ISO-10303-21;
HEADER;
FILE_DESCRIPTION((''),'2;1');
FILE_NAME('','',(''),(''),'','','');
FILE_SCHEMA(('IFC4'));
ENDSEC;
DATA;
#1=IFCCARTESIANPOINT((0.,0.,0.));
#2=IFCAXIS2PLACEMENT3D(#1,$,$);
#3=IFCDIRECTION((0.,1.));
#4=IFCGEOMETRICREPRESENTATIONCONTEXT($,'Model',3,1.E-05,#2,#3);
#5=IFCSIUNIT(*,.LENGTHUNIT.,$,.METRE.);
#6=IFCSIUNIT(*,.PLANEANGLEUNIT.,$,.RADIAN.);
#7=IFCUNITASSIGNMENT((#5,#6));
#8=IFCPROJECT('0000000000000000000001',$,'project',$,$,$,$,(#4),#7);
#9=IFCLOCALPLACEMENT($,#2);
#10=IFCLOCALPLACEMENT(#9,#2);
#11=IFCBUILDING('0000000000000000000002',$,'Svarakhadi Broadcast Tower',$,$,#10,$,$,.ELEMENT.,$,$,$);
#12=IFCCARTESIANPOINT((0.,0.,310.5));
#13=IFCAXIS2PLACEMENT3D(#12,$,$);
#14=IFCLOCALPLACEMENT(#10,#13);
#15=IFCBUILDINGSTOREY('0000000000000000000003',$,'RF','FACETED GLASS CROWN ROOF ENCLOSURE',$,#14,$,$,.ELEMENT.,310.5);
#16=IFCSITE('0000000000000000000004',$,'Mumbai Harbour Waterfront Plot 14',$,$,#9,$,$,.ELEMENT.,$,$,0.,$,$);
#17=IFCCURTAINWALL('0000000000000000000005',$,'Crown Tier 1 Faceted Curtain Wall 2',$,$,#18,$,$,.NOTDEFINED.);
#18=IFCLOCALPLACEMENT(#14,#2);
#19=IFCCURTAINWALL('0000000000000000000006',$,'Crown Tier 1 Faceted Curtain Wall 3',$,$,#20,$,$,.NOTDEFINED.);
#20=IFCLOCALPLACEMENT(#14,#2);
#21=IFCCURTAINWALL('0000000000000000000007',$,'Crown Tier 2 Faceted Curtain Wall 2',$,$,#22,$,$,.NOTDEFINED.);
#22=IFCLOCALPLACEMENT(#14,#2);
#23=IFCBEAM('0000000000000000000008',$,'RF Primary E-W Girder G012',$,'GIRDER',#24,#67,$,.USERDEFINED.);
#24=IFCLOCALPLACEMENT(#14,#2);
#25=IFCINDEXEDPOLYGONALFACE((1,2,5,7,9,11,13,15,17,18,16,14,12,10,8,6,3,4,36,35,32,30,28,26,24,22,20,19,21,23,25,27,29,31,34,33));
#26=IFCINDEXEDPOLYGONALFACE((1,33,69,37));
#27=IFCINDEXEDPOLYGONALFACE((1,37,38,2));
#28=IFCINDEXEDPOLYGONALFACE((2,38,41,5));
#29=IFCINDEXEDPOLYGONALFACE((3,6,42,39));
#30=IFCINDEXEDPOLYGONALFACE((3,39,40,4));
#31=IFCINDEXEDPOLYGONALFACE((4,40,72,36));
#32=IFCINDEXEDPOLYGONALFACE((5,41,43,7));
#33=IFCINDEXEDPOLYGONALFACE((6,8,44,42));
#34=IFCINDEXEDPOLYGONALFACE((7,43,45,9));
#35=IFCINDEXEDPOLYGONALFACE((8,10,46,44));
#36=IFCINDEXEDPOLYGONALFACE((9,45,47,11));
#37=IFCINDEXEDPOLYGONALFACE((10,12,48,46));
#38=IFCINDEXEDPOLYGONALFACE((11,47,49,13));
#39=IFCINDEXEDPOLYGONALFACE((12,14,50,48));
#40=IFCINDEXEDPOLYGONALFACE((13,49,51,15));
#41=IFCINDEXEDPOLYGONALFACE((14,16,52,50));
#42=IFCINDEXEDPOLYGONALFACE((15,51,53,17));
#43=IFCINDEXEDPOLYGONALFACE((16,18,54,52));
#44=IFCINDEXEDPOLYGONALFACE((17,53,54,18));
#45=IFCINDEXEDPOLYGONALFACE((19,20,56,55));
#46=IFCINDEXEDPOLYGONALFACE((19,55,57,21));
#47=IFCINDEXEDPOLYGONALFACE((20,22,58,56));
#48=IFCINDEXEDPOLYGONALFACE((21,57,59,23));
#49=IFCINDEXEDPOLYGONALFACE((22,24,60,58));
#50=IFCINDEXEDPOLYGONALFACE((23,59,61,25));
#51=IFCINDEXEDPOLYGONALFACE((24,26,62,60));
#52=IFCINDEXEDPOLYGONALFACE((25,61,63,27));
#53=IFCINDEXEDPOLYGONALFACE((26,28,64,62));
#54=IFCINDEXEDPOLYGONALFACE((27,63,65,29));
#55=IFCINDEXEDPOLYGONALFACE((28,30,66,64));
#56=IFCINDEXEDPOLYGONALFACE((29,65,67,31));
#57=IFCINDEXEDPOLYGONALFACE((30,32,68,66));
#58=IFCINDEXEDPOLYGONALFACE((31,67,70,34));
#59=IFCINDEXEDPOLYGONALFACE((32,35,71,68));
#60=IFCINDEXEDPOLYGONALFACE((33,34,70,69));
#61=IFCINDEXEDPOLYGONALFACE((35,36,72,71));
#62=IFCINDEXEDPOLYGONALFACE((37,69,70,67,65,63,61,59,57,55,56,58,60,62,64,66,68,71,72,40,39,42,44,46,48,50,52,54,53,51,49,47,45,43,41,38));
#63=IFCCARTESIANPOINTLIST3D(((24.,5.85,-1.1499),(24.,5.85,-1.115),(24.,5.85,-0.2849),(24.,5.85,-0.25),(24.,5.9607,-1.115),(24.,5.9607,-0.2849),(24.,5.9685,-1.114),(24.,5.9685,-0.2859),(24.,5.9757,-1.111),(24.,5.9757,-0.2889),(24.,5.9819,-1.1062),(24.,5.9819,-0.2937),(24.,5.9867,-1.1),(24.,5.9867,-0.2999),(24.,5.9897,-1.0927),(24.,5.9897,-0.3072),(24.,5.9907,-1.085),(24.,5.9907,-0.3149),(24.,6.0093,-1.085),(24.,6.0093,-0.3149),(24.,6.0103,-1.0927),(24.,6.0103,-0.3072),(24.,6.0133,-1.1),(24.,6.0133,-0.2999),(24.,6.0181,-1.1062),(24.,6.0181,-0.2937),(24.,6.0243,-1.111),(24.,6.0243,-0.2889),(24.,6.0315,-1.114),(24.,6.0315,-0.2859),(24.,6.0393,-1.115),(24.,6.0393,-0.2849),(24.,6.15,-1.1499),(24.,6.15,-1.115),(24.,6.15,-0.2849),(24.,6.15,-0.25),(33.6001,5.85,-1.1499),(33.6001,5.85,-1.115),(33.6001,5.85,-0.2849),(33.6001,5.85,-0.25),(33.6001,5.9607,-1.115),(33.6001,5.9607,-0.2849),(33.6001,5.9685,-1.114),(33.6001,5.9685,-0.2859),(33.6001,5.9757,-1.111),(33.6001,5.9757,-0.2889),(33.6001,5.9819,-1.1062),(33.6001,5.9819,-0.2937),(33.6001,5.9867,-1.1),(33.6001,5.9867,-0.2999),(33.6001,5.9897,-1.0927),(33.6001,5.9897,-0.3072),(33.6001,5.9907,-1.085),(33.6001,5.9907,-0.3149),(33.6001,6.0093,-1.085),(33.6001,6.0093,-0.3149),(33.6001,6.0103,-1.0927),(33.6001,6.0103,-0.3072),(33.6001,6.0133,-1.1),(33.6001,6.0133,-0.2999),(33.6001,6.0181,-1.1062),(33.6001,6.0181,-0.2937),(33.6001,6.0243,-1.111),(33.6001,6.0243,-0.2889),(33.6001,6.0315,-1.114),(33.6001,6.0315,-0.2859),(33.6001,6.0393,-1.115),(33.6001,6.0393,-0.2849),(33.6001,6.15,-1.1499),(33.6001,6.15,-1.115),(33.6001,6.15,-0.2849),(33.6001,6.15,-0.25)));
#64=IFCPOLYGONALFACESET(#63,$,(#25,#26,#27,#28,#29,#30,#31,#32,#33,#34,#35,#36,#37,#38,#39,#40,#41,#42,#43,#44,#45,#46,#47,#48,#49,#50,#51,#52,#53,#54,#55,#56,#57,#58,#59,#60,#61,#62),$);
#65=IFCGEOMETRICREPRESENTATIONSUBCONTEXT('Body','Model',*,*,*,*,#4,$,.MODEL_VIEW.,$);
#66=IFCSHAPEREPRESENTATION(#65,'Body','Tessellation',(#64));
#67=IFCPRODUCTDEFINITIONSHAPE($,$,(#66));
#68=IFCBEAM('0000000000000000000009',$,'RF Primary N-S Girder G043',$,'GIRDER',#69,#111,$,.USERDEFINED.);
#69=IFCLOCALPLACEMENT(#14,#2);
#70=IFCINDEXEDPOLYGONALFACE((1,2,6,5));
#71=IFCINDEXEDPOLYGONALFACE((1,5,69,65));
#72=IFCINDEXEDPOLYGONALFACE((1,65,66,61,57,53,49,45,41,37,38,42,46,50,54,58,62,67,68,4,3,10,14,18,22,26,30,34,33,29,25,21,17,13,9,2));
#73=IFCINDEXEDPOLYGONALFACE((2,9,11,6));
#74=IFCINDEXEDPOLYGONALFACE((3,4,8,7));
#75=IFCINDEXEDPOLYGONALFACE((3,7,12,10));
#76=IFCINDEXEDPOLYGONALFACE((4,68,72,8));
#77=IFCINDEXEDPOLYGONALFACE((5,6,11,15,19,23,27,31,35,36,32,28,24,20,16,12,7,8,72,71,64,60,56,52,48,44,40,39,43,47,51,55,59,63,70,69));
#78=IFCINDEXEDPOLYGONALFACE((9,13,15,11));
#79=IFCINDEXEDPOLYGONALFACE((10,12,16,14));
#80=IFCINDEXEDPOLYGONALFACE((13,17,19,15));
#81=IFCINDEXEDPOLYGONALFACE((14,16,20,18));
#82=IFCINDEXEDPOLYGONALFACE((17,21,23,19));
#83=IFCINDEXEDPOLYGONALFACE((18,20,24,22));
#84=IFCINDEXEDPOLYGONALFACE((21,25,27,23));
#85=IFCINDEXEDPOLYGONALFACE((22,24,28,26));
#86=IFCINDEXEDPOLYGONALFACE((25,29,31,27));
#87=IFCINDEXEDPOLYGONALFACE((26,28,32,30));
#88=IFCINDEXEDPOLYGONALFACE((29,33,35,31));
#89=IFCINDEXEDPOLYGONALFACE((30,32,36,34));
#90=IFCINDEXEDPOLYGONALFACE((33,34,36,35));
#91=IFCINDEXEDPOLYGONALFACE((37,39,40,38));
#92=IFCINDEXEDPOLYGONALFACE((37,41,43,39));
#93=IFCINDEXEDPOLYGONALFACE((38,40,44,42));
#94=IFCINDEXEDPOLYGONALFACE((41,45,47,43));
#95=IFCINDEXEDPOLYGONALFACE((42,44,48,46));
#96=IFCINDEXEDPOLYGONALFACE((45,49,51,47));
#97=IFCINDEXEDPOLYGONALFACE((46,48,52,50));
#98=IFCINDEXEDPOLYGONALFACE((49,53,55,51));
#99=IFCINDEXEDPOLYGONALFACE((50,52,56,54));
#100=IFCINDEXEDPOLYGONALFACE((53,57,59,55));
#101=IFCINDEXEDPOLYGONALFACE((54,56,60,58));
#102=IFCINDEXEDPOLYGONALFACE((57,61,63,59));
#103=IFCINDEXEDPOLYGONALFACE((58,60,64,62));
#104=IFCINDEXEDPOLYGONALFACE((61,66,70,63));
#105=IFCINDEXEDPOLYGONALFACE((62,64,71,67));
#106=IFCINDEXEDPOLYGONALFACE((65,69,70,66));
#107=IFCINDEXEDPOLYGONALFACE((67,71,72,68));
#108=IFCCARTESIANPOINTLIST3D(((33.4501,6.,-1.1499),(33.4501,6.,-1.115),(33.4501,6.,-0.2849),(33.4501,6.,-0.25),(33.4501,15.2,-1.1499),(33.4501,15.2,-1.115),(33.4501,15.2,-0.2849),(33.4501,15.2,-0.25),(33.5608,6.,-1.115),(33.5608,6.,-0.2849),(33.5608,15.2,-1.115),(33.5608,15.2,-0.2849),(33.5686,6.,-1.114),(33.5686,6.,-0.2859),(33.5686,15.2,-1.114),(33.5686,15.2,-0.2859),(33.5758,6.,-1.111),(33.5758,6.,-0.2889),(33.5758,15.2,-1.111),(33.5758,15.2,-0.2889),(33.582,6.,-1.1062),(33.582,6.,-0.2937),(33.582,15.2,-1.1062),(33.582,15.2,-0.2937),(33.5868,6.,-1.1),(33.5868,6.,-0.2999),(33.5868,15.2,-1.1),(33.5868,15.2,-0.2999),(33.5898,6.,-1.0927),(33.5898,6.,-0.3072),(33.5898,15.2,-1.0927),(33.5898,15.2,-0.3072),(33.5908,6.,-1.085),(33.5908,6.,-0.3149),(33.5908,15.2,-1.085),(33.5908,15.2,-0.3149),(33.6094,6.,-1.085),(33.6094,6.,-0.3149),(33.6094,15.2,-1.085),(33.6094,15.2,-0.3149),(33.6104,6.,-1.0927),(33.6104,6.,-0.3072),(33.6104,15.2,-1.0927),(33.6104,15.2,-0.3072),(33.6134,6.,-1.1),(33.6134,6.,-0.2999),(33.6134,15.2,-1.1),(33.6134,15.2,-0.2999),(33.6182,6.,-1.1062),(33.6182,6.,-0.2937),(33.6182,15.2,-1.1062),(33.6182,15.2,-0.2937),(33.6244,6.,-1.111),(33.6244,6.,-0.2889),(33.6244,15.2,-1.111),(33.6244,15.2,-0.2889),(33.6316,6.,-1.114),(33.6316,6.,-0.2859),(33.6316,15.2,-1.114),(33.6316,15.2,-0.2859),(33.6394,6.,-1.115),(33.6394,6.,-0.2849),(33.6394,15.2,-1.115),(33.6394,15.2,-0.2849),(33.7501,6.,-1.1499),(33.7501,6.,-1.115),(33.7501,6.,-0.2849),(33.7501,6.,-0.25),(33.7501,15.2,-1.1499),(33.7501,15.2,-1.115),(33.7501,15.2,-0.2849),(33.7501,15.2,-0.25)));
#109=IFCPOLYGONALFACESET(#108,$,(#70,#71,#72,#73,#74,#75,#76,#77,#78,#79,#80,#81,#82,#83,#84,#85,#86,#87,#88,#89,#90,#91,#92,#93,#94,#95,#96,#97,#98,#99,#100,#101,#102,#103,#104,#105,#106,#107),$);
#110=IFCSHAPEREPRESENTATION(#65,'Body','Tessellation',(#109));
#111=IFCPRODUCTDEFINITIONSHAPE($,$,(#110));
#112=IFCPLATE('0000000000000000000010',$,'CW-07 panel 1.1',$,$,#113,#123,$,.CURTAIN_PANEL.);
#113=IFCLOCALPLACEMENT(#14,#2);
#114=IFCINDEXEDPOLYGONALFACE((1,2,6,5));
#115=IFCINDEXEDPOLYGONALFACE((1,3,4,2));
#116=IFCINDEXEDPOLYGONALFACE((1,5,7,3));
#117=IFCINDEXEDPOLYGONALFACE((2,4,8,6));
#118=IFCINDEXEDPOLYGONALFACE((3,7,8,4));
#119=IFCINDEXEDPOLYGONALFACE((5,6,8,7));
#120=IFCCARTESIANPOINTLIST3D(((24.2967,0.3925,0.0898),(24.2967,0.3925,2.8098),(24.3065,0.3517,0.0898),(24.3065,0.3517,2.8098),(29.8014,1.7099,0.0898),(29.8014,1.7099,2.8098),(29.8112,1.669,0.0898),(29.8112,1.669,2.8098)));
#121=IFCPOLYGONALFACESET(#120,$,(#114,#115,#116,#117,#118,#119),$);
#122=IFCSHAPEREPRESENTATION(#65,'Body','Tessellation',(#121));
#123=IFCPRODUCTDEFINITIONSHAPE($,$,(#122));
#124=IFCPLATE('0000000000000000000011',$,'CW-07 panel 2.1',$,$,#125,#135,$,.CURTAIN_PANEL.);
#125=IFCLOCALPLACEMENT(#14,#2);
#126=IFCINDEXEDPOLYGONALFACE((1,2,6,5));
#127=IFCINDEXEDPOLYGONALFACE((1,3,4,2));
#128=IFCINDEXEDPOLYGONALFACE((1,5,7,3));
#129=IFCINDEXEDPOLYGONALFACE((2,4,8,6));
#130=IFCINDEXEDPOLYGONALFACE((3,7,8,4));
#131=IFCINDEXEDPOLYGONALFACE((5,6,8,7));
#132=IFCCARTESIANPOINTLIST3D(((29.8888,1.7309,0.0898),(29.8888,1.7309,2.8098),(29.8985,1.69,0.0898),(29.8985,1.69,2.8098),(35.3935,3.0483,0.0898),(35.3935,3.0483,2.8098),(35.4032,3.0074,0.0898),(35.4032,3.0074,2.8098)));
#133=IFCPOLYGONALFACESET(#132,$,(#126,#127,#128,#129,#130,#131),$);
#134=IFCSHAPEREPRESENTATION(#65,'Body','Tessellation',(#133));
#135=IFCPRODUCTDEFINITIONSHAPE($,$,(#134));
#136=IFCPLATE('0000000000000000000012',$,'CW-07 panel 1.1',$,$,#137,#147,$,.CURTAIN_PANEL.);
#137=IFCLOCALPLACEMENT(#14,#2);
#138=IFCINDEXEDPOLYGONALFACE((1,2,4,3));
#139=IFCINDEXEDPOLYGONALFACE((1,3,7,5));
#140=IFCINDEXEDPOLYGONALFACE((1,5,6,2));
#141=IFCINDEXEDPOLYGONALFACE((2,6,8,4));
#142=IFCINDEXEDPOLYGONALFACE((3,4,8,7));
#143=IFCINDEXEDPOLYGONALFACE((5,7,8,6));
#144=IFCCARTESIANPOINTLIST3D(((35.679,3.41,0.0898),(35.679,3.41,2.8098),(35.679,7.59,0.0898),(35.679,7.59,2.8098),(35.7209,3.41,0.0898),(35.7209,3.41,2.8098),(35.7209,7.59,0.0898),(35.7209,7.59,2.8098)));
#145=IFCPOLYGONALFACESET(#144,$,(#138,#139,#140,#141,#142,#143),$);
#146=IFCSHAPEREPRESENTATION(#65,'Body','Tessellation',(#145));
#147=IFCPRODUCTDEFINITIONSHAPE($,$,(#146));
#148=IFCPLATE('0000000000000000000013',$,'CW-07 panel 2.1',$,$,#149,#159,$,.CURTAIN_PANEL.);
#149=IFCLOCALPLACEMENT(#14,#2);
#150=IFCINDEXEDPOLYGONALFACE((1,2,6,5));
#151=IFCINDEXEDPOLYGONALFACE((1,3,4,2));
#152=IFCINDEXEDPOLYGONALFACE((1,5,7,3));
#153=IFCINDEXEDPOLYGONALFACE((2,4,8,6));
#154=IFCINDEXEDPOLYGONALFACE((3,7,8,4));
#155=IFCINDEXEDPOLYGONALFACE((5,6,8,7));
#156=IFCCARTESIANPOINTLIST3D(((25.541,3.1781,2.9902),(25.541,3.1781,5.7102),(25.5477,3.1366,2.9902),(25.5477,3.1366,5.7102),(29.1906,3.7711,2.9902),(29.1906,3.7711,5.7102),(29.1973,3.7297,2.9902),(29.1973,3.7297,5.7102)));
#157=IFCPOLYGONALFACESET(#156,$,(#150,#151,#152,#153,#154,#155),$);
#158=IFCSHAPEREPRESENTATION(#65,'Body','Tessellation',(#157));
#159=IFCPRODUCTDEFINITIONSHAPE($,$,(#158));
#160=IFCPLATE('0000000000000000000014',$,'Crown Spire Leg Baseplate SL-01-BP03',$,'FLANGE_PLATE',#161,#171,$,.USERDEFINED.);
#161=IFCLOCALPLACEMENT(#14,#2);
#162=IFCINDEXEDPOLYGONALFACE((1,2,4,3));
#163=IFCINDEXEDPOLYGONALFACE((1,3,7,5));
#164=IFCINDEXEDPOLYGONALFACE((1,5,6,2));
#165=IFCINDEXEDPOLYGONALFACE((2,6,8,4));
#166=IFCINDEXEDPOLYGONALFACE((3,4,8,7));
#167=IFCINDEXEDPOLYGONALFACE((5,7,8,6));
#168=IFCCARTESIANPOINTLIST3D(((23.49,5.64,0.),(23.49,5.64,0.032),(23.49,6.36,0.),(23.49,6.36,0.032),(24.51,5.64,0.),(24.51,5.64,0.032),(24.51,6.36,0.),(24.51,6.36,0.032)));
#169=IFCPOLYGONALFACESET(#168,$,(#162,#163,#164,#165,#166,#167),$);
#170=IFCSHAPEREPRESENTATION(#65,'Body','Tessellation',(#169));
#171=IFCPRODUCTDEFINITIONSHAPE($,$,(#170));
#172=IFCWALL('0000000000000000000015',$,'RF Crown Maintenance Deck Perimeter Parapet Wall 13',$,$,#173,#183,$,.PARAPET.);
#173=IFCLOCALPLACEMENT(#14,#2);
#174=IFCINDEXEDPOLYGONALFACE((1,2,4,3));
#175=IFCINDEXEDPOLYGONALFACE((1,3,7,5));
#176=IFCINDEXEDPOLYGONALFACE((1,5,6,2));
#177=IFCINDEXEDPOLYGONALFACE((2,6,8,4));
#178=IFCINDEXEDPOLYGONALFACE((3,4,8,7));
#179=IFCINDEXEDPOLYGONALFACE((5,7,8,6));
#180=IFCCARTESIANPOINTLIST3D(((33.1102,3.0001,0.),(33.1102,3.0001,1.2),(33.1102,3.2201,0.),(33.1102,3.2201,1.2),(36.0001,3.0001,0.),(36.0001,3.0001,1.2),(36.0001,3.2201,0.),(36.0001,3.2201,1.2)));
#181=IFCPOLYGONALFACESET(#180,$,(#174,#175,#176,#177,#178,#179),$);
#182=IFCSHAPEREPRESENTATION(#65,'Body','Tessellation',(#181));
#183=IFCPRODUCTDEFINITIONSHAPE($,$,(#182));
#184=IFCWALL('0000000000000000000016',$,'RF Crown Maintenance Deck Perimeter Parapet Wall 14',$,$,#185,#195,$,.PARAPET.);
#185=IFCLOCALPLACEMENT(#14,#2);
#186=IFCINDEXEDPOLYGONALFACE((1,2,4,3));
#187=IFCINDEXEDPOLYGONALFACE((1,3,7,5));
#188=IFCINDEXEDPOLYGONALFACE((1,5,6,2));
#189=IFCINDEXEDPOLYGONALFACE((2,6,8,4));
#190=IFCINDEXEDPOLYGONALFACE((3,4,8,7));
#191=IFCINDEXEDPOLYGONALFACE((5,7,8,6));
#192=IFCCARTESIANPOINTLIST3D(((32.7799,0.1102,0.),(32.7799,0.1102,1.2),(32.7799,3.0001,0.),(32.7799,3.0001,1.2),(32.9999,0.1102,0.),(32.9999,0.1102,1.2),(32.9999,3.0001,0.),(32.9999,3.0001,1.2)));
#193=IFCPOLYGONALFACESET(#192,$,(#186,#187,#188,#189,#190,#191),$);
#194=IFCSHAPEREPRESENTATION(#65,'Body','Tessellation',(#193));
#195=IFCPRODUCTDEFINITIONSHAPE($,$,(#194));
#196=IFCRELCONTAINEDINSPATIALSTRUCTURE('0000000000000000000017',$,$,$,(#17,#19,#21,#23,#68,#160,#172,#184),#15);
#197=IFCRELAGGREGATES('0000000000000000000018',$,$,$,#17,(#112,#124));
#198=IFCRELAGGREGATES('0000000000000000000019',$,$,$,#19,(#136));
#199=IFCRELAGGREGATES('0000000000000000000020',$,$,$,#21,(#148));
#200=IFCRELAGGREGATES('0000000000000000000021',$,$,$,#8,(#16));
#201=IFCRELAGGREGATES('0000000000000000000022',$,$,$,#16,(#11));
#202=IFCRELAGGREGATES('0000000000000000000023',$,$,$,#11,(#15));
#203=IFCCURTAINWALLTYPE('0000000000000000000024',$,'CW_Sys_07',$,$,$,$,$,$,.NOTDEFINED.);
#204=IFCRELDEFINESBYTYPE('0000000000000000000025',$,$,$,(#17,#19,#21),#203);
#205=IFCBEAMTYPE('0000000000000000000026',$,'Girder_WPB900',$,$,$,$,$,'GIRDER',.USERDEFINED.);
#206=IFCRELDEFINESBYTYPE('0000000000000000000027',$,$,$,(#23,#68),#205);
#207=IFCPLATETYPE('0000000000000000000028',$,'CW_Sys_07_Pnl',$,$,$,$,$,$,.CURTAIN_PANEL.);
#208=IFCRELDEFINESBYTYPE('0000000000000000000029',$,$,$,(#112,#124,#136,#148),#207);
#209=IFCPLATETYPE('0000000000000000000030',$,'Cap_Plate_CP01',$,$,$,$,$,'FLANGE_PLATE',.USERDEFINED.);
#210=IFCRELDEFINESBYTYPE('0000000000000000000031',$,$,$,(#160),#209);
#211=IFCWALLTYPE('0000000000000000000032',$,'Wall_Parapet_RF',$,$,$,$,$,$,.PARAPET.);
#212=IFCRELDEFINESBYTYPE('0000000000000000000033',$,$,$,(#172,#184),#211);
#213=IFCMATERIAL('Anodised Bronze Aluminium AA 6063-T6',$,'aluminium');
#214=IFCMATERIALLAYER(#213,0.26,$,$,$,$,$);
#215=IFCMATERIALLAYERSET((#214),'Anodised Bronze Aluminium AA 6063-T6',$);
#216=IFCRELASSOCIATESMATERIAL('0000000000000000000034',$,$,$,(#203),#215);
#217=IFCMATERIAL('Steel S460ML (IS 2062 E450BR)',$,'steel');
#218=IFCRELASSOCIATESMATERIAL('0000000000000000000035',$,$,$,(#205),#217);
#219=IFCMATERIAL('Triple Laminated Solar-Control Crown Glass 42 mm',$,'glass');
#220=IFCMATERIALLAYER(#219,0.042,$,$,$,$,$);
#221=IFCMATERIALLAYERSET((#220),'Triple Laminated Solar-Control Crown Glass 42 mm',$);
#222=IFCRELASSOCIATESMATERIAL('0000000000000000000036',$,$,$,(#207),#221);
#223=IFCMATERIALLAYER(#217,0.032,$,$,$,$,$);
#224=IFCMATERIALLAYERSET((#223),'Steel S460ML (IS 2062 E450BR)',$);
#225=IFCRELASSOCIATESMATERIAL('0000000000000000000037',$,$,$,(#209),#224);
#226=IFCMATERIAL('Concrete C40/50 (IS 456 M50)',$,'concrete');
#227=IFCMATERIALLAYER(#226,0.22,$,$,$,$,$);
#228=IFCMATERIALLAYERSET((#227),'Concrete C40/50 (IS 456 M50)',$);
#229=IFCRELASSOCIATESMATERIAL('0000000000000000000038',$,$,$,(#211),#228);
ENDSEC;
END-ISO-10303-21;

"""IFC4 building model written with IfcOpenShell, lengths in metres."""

from ifc_helpers import new_model, si_unit, direction, frame, frame_2d, origin, origin_2d, place, context, subcontext, project, spatial, rectangle, i_section, extrude, material, layer, layer_set, material_profile, profile_set, type_object, element, aggregate, save


model = new_model("IFC4")

# Units and contexts
model_context = context("Model", 3, precision=1e-05, world=origin(), true_north=direction((0.0, 1.0)))
body_context = subcontext(model_context, "Body", "Model", "MODEL_VIEW")
ifc_project = project(units=[si_unit("LENGTHUNIT", "METRE"), si_unit("PLANEANGLEUNIT", "RADIAN")], contexts=[model_context])

# Site, building, storey
site_placement = place(None, origin())
site = spatial("IfcSite", under=ifc_project, at=site_placement, Name="Mumbai Harbour Waterfront Plot 14", CompositionType="ELEMENT", RefElevation=0.0)
building_placement = place(site_placement, origin())
building = spatial("IfcBuilding", under=site, at=building_placement, Name="Svarakhadi Broadcast Tower", CompositionType="ELEMENT")
storey_placement = place(building_placement, frame((0.0, 0.0, 310.5)))
storey = spatial("IfcBuildingStorey", under=building, at=storey_placement, Name="RF", Description="FACETED GLASS CROWN ROOF ENCLOSURE", CompositionType="ELEMENT", Elevation=310.5)

# Curtain wall
ifc_material_1 = material(Name="Anodised Bronze Aluminium AA 6063-T6", Category="aluminium")
ifc_layer_1 = layer(ifc_material_1, 0.26)
ifc_layer_set_1 = layer_set([ifc_layer_1], Name="Anodised Bronze Aluminium AA 6063-T6")
curtain_wall_type = type_object("IfcCurtainWallType", Name="CW_Sys_07", PredefinedType="NOTDEFINED", material=ifc_layer_set_1)
curtain_wall_1_placement = place(storey_placement, origin())
curtain_wall_1 = element("IfcCurtainWall", 1, at=curtain_wall_1_placement, inside=storey, type_object=curtain_wall_type, Name="Crown Tier 1 Faceted Curtain Wall 2", PredefinedType="NOTDEFINED")

# Curtain wall
curtain_wall_2_placement = place(storey_placement, origin())
curtain_wall_2 = element("IfcCurtainWall", 2, at=curtain_wall_2_placement, inside=storey, type_object=curtain_wall_type, Name="Crown Tier 1 Faceted Curtain Wall 3", PredefinedType="NOTDEFINED")

# Curtain wall
curtain_wall_3_placement = place(storey_placement, origin())
curtain_wall_3 = element("IfcCurtainWall", 3, at=curtain_wall_3_placement, inside=storey, type_object=curtain_wall_type, Name="Crown Tier 2 Faceted Curtain Wall 2", PredefinedType="NOTDEFINED")

# Shared definitions
ifc_material_2 = material(Name="Steel S460ML (IS 2062 E450BR)", Category="steel")

# Beams
ifc_material_profile_1 = material_profile(ifc_material_2, i_section(OverallWidth=0.3, OverallDepth=0.8999, WebThickness=0.0186, FlangeThickness=0.0349, FilletRadius=0.03, at=origin_2d()), Name="WPB 900x300x291")
ifc_profile_set_1 = profile_set([ifc_material_profile_1], Name="Steel S460ML (IS 2062 E450BR)")
beam_type_1 = type_object("IfcBeamType", Name="Girder_WPB900", ElementType="GIRDER", PredefinedType="USERDEFINED", material=ifc_profile_set_1)
beam_1_placement = place(storey_placement, frame((24.0, 6.0, -0.7), z_axis=(1.0, 0.0, 0.0), x_axis=(0.0, 1.0, 0.0)))
element("IfcBeam", 4, at=beam_1_placement, inside=storey, type_object=beam_type_1, Name="RF Primary E-W Girder G012", ObjectType="GIRDER", PredefinedType="USERDEFINED", context=body_context, shape_type="SweptSolid", body=[
    extrude(i_section(OverallWidth=0.3, OverallDepth=0.8999, WebThickness=0.0186, FlangeThickness=0.0349, FilletRadius=0.03, at=origin_2d()), origin(), (0.0, 0.0, 1.0), 9.6001),
])
beam_2_placement = place(storey_placement, frame((33.6001, 6.0, -0.7), z_axis=(0.0, 1.0, 0.0), x_axis=(-1.0, 0.0, 0.0)))
element("IfcBeam", 5, at=beam_2_placement, inside=storey, type_object=beam_type_1, Name="RF Primary N-S Girder G043", ObjectType="GIRDER", PredefinedType="USERDEFINED", context=body_context, shape_type="SweptSolid", body=[
    extrude(i_section(OverallWidth=0.3, OverallDepth=0.8999, WebThickness=0.0186, FlangeThickness=0.0349, FilletRadius=0.03, at=origin_2d()), origin(), (0.0, 0.0, 1.0), 9.2),
])

# Plates
ifc_material_3 = material(Name="Triple Laminated Solar-Control Crown Glass 42 mm", Category="glass")
ifc_layer_2 = layer(ifc_material_3, 0.042)
ifc_layer_set_2 = layer_set([ifc_layer_2], Name="Triple Laminated Solar-Control Crown Glass 42 mm")
plate_type_1 = type_object("IfcPlateType", Name="CW_Sys_07_Pnl", PredefinedType="CURTAIN_PANEL", material=ifc_layer_set_2)
plate_1_placement = place(storey_placement, frame((27.054, 1.0308, 0.0898), z_axis=(0.0, 0.0, 1.0), x_axis=(0.972537, 0.232746, 0.0)))
plate_1 = element("IfcPlate", 6, at=plate_1_placement, type_object=plate_type_1, Name="CW-07 panel 1.1", PredefinedType="CURTAIN_PANEL", context=body_context, shape_type="SweptSolid", body=[
    extrude(rectangle(XDim=5.6602, YDim=0.042, at=origin_2d()), origin(), (0.0, 0.0, 1.0), 2.72),
])
plate_2_placement = place(storey_placement, frame((32.646, 2.3691, 0.0898), z_axis=(0.0, 0.0, 1.0), x_axis=(0.972537, 0.232746, 0.0)))
plate_2 = element("IfcPlate", 7, at=plate_2_placement, type_object=plate_type_1, Name="CW-07 panel 2.1", PredefinedType="CURTAIN_PANEL", context=body_context, shape_type="SweptSolid", body=[
    extrude(rectangle(XDim=5.6602, YDim=0.042, at=origin_2d()), origin(), (0.0, 0.0, 1.0), 2.72),
])
aggregate(curtain_wall_1, [plate_1, plate_2])
plate_3_placement = place(storey_placement, frame((35.7, 5.5, 0.0898), z_axis=(0.0, 0.0, 1.0), x_axis=(0.0, 1.0, 0.0)))
plate_3 = element("IfcPlate", 8, at=plate_3_placement, type_object=plate_type_1, Name="CW-07 panel 1.1", PredefinedType="CURTAIN_PANEL", context=body_context, shape_type="SweptSolid", body=[
    extrude(rectangle(XDim=4.1799, YDim=0.042, at=origin_2d()), origin(), (0.0, 0.0, 1.0), 2.72),
])
aggregate(curtain_wall_2, [plate_3])
plate_4_placement = place(storey_placement, frame((27.3691, 3.4539, 2.9902), z_axis=(0.0, 0.0, 1.0), x_axis=(0.987053, 0.160395, 0.0)))
plate_4 = element("IfcPlate", 9, at=plate_4_placement, type_object=plate_type_1, Name="CW-07 panel 2.1", PredefinedType="CURTAIN_PANEL", context=body_context, shape_type="SweptSolid", body=[
    extrude(rectangle(XDim=3.6975, YDim=0.042, at=origin_2d()), origin(), (0.0, 0.0, 1.0), 2.72),
])
aggregate(curtain_wall_3, [plate_4])
ifc_layer_3 = layer(ifc_material_2, 0.032)
ifc_layer_set_3 = layer_set([ifc_layer_3], Name="Steel S460ML (IS 2062 E450BR)")
plate_type_2 = type_object("IfcPlateType", Name="Cap_Plate_CP01", ElementType="FLANGE_PLATE", PredefinedType="USERDEFINED", material=ifc_layer_set_3)
plate_5_placement = place(storey_placement, frame((24.0, 6.0, 0.0), z_axis=(0.0, 0.0, 1.0), x_axis=(1.0, 0.0, 0.0)))
element("IfcPlate", 10, at=plate_5_placement, inside=storey, type_object=plate_type_2, Name="Crown Spire Leg Baseplate SL-01-BP03", ObjectType="FLANGE_PLATE", PredefinedType="USERDEFINED", context=body_context, shape_type="SweptSolid", body=[
    extrude(rectangle(XDim=1.02, YDim=0.72, at=origin_2d()), origin(), (0.0, 0.0, 1.0), 0.032),
])

# Walls
ifc_material_4 = material(Name="Concrete C40/50 (IS 456 M50)", Category="concrete")
ifc_layer_4 = layer(ifc_material_4, 0.22)
ifc_layer_set_4 = layer_set([ifc_layer_4], Name="Concrete C40/50 (IS 456 M50)")
wall_type = type_object("IfcWallType", Name="Wall_Parapet_RF", PredefinedType="PARAPET", material=ifc_layer_set_4)
for number, where, z_axis, x_axis, name in (
    (11, (36.0, 3.1101, 0.0), (0.0, 0.0, 1.0), (-1.0, 0.0, 0.0), "RF Crown Maintenance Deck Perimeter Parapet Wall 13"),
    (12, (32.8899, 3.0, 0.0), (0.0, 0.0, 1.0), (0.0, -1.0, 0.0), "RF Crown Maintenance Deck Perimeter Parapet Wall 14"),
):
    element("IfcWall", number, at=place(storey_placement, frame(where, z_axis=z_axis, x_axis=x_axis)), inside=storey, type_object=wall_type, Name=name, PredefinedType="PARAPET", context=body_context, shape_type="SweptSolid", body=[
        extrude(rectangle(XDim=2.8899, YDim=0.22, at=frame_2d((1.4448, 0.0))), origin(), (0.0, 0.0, 1.0), 1.2),
    ])

save(model, "model.ifc")
